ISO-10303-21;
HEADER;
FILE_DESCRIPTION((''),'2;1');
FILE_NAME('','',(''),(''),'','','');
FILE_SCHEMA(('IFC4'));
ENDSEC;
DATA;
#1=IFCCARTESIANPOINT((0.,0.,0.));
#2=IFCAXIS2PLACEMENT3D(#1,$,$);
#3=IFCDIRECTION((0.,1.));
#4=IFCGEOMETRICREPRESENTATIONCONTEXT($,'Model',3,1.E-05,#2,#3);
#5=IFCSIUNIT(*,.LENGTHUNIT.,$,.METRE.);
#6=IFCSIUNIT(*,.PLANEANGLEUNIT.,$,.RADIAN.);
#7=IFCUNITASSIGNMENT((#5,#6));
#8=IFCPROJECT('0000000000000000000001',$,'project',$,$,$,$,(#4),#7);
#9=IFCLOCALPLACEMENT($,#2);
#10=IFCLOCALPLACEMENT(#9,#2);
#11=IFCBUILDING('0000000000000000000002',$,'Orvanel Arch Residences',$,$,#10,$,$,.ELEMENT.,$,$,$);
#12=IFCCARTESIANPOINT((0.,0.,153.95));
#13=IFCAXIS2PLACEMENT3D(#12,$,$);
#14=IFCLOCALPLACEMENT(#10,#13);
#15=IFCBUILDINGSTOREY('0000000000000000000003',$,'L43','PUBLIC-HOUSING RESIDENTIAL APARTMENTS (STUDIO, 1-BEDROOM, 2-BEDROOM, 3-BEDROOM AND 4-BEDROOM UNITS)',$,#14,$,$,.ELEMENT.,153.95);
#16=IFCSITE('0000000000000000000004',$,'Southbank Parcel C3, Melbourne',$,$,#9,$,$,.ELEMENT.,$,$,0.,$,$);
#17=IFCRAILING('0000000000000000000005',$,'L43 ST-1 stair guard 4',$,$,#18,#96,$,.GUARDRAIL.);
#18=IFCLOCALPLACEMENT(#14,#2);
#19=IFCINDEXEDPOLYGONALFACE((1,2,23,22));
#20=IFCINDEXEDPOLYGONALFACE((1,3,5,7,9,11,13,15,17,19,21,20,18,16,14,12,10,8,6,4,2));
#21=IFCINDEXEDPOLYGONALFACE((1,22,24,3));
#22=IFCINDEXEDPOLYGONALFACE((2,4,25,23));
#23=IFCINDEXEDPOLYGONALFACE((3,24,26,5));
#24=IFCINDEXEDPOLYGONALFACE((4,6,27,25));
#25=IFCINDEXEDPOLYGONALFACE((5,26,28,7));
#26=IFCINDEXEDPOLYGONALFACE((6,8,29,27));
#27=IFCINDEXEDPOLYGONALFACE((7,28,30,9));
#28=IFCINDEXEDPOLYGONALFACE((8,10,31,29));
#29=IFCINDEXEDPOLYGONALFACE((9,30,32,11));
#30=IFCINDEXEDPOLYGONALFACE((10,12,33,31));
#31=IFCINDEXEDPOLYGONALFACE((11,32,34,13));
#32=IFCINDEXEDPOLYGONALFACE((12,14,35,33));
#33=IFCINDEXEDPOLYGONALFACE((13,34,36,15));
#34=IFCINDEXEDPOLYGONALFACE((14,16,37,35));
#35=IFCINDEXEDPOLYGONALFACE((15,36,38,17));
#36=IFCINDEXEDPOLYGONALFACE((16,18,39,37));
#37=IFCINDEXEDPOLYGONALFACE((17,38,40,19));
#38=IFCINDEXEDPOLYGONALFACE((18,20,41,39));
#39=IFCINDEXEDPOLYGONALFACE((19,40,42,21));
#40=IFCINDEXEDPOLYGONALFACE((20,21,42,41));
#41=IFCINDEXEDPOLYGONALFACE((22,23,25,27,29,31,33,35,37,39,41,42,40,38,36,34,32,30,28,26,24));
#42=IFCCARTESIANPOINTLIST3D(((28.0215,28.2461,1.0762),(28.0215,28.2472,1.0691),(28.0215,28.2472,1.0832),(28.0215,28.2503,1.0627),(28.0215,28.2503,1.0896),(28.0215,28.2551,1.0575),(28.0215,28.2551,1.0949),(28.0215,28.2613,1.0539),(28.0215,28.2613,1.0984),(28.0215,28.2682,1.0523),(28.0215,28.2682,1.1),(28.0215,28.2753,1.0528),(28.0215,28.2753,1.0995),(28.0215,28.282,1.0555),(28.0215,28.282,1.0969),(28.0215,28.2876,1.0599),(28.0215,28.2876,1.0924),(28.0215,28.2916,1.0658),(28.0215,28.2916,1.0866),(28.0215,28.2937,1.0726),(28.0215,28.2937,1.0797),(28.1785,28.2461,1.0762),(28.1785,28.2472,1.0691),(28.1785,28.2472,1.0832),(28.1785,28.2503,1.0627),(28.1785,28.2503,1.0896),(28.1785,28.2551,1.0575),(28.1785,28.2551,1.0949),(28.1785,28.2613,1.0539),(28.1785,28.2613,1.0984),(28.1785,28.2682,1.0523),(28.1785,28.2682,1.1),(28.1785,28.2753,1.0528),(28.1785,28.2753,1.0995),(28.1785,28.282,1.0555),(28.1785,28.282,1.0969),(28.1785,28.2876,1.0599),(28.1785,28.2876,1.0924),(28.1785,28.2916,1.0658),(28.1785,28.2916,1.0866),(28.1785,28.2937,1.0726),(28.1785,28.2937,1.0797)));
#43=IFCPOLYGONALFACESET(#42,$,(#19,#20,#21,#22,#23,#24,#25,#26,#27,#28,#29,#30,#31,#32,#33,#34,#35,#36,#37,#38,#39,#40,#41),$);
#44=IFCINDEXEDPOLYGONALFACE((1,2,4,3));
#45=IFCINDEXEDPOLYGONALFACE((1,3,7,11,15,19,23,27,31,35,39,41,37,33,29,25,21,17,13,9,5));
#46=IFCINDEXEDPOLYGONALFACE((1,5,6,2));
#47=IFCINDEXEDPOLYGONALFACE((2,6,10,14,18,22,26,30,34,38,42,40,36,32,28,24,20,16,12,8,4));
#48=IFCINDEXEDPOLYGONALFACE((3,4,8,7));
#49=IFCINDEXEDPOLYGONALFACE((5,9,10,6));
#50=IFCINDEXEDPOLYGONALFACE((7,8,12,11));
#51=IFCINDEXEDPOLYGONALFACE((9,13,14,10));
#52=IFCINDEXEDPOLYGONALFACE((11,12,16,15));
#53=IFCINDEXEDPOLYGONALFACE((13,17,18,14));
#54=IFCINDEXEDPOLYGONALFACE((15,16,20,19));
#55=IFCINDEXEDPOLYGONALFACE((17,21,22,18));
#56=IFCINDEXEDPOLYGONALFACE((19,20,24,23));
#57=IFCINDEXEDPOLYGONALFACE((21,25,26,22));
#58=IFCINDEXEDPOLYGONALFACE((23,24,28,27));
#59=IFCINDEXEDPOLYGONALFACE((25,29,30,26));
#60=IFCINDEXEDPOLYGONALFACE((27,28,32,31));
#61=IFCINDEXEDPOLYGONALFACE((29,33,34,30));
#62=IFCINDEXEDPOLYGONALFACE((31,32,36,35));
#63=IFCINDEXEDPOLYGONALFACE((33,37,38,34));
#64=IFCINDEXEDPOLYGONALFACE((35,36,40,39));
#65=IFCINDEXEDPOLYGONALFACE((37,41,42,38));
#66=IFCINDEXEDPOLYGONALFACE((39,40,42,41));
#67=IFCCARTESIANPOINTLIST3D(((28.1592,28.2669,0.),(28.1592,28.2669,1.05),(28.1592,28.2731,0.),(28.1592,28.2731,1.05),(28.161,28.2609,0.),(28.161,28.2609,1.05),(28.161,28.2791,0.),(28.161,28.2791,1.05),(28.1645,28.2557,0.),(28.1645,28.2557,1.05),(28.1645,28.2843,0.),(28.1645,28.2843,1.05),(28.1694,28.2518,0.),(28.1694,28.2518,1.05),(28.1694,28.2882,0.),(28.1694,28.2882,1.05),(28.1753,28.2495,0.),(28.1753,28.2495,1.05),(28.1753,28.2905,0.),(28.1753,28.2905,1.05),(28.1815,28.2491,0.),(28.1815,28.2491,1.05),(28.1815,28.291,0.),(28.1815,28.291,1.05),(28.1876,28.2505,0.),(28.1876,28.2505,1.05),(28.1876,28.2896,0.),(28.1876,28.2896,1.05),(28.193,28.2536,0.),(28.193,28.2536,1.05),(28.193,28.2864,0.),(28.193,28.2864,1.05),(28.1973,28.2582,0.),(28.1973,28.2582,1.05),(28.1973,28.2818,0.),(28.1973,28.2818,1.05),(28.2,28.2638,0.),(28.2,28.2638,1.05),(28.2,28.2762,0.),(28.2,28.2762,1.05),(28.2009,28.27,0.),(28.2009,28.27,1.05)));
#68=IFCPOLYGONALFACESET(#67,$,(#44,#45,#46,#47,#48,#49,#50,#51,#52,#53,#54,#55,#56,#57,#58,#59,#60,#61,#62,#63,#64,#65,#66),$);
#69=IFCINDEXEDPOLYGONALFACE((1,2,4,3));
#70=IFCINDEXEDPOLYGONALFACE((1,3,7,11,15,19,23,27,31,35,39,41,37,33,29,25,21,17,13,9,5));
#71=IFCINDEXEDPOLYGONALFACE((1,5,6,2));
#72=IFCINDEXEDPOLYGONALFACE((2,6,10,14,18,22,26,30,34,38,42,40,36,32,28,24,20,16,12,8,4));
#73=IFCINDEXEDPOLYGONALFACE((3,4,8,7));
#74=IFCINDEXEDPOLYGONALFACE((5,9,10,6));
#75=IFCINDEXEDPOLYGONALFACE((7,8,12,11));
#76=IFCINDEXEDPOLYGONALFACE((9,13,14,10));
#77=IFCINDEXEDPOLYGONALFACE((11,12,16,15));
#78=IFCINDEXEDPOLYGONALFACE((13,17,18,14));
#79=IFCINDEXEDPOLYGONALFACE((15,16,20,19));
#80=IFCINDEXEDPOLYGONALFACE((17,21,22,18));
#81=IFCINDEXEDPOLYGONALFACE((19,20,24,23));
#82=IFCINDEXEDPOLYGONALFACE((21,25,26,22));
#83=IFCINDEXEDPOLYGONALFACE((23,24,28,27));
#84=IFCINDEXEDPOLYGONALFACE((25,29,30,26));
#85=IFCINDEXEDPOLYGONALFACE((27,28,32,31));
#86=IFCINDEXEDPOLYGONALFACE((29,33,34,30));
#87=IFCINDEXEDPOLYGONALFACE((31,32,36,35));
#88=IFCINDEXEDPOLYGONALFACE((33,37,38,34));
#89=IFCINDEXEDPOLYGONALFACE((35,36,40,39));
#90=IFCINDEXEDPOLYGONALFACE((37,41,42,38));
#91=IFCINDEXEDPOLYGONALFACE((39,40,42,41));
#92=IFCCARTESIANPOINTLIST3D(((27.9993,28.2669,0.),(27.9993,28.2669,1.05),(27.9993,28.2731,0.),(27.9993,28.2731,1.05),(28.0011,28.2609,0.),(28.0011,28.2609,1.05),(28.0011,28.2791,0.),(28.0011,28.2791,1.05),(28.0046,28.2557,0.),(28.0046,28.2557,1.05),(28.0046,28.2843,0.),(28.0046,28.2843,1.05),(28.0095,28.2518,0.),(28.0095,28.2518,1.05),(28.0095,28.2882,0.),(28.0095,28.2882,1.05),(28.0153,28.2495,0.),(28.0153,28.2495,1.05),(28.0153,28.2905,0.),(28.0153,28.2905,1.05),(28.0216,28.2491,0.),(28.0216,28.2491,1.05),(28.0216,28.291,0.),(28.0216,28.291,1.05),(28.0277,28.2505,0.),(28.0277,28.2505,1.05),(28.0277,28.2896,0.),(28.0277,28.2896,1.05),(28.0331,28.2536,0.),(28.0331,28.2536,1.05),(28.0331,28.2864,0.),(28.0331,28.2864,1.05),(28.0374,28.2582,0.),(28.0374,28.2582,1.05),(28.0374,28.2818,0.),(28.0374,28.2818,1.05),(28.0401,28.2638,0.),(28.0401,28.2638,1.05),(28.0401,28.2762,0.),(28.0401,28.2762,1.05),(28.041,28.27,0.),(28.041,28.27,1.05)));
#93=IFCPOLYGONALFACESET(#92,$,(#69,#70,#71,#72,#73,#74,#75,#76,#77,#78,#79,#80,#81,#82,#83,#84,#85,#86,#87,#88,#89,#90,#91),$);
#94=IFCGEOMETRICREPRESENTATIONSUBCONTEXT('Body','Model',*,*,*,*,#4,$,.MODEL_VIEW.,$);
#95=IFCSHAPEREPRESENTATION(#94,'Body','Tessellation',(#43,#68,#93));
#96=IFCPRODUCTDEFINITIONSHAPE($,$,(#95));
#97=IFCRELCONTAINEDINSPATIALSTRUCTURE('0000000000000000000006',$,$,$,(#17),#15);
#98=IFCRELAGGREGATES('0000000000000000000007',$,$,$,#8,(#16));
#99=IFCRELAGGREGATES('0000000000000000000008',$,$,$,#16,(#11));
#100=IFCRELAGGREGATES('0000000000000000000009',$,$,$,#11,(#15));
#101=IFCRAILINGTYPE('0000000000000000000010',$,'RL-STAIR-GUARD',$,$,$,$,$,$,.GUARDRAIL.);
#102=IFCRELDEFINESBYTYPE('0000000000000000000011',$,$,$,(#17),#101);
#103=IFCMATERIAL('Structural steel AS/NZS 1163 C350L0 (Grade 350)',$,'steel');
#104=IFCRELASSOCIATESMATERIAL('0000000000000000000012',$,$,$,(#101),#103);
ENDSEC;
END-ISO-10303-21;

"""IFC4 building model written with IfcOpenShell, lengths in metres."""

from ifc_helpers import new_model, si_unit, direction, frame, origin, origin_2d, place, context, subcontext, project, spatial, circle, extrude, material, type_object, element, save


model = new_model("IFC4")

# Units and contexts
model_context = context("Model", 3, precision=1e-05, world=origin(), true_north=direction((0.0, 1.0)))
body_context = subcontext(model_context, "Body", "Model", "MODEL_VIEW")
ifc_project = project(units=[si_unit("LENGTHUNIT", "METRE"), si_unit("PLANEANGLEUNIT", "RADIAN")], contexts=[model_context])

# Site, building, storey
site_placement = place(None, origin())
site = spatial("IfcSite", under=ifc_project, at=site_placement, Name="Southbank Parcel C3, Melbourne", CompositionType="ELEMENT", RefElevation=0.0)
building_placement = place(site_placement, origin())
building = spatial("IfcBuilding", under=site, at=building_placement, Name="Orvanel Arch Residences", CompositionType="ELEMENT")
storey_placement = place(building_placement, frame((0.0, 0.0, 153.95)))
storey = spatial("IfcBuildingStorey", under=building, at=storey_placement, Name="L43", Description="PUBLIC-HOUSING RESIDENTIAL APARTMENTS (STUDIO, 1-BEDROOM, 2-BEDROOM, 3-BEDROOM AND 4-BEDROOM UNITS)", CompositionType="ELEMENT", Elevation=153.95)

# Railing
ifc_material_1 = material(Name="Structural steel AS/NZS 1163 C350L0 (Grade 350)", Category="steel")
railing_type_1 = type_object("IfcRailingType", Name="RL-STAIR-GUARD", PredefinedType="GUARDRAIL", material=ifc_material_1)
railing_1_placement = place(storey_placement, frame((28.1799, 28.27, 0.0)))
element("IfcRailing", 1, at=railing_1_placement, inside=storey, type_object=railing_type_1, Name="L43 ST-1 stair guard 4", PredefinedType="GUARDRAIL", context=body_context, shape_type="SweptSolid", body=[
    extrude(circle(Radius=0.0239, at=origin_2d()), frame((-0.0015, 0.0, 1.0762), z_axis=(-1.0, 0.0, 0.0), x_axis=(0.0, -1.0, 0.0)), (0.0, 0.0, 1.0), 0.157),
    extrude(circle(Radius=0.021, at=origin_2d()), origin(), (0.0, 0.0, 1.0), 1.05),
    extrude(circle(Radius=0.021, at=origin_2d()), frame((-0.1599, 0.0, 0.0)), (0.0, 0.0, 1.0), 1.05),
])

save(model, "model.ifc")
